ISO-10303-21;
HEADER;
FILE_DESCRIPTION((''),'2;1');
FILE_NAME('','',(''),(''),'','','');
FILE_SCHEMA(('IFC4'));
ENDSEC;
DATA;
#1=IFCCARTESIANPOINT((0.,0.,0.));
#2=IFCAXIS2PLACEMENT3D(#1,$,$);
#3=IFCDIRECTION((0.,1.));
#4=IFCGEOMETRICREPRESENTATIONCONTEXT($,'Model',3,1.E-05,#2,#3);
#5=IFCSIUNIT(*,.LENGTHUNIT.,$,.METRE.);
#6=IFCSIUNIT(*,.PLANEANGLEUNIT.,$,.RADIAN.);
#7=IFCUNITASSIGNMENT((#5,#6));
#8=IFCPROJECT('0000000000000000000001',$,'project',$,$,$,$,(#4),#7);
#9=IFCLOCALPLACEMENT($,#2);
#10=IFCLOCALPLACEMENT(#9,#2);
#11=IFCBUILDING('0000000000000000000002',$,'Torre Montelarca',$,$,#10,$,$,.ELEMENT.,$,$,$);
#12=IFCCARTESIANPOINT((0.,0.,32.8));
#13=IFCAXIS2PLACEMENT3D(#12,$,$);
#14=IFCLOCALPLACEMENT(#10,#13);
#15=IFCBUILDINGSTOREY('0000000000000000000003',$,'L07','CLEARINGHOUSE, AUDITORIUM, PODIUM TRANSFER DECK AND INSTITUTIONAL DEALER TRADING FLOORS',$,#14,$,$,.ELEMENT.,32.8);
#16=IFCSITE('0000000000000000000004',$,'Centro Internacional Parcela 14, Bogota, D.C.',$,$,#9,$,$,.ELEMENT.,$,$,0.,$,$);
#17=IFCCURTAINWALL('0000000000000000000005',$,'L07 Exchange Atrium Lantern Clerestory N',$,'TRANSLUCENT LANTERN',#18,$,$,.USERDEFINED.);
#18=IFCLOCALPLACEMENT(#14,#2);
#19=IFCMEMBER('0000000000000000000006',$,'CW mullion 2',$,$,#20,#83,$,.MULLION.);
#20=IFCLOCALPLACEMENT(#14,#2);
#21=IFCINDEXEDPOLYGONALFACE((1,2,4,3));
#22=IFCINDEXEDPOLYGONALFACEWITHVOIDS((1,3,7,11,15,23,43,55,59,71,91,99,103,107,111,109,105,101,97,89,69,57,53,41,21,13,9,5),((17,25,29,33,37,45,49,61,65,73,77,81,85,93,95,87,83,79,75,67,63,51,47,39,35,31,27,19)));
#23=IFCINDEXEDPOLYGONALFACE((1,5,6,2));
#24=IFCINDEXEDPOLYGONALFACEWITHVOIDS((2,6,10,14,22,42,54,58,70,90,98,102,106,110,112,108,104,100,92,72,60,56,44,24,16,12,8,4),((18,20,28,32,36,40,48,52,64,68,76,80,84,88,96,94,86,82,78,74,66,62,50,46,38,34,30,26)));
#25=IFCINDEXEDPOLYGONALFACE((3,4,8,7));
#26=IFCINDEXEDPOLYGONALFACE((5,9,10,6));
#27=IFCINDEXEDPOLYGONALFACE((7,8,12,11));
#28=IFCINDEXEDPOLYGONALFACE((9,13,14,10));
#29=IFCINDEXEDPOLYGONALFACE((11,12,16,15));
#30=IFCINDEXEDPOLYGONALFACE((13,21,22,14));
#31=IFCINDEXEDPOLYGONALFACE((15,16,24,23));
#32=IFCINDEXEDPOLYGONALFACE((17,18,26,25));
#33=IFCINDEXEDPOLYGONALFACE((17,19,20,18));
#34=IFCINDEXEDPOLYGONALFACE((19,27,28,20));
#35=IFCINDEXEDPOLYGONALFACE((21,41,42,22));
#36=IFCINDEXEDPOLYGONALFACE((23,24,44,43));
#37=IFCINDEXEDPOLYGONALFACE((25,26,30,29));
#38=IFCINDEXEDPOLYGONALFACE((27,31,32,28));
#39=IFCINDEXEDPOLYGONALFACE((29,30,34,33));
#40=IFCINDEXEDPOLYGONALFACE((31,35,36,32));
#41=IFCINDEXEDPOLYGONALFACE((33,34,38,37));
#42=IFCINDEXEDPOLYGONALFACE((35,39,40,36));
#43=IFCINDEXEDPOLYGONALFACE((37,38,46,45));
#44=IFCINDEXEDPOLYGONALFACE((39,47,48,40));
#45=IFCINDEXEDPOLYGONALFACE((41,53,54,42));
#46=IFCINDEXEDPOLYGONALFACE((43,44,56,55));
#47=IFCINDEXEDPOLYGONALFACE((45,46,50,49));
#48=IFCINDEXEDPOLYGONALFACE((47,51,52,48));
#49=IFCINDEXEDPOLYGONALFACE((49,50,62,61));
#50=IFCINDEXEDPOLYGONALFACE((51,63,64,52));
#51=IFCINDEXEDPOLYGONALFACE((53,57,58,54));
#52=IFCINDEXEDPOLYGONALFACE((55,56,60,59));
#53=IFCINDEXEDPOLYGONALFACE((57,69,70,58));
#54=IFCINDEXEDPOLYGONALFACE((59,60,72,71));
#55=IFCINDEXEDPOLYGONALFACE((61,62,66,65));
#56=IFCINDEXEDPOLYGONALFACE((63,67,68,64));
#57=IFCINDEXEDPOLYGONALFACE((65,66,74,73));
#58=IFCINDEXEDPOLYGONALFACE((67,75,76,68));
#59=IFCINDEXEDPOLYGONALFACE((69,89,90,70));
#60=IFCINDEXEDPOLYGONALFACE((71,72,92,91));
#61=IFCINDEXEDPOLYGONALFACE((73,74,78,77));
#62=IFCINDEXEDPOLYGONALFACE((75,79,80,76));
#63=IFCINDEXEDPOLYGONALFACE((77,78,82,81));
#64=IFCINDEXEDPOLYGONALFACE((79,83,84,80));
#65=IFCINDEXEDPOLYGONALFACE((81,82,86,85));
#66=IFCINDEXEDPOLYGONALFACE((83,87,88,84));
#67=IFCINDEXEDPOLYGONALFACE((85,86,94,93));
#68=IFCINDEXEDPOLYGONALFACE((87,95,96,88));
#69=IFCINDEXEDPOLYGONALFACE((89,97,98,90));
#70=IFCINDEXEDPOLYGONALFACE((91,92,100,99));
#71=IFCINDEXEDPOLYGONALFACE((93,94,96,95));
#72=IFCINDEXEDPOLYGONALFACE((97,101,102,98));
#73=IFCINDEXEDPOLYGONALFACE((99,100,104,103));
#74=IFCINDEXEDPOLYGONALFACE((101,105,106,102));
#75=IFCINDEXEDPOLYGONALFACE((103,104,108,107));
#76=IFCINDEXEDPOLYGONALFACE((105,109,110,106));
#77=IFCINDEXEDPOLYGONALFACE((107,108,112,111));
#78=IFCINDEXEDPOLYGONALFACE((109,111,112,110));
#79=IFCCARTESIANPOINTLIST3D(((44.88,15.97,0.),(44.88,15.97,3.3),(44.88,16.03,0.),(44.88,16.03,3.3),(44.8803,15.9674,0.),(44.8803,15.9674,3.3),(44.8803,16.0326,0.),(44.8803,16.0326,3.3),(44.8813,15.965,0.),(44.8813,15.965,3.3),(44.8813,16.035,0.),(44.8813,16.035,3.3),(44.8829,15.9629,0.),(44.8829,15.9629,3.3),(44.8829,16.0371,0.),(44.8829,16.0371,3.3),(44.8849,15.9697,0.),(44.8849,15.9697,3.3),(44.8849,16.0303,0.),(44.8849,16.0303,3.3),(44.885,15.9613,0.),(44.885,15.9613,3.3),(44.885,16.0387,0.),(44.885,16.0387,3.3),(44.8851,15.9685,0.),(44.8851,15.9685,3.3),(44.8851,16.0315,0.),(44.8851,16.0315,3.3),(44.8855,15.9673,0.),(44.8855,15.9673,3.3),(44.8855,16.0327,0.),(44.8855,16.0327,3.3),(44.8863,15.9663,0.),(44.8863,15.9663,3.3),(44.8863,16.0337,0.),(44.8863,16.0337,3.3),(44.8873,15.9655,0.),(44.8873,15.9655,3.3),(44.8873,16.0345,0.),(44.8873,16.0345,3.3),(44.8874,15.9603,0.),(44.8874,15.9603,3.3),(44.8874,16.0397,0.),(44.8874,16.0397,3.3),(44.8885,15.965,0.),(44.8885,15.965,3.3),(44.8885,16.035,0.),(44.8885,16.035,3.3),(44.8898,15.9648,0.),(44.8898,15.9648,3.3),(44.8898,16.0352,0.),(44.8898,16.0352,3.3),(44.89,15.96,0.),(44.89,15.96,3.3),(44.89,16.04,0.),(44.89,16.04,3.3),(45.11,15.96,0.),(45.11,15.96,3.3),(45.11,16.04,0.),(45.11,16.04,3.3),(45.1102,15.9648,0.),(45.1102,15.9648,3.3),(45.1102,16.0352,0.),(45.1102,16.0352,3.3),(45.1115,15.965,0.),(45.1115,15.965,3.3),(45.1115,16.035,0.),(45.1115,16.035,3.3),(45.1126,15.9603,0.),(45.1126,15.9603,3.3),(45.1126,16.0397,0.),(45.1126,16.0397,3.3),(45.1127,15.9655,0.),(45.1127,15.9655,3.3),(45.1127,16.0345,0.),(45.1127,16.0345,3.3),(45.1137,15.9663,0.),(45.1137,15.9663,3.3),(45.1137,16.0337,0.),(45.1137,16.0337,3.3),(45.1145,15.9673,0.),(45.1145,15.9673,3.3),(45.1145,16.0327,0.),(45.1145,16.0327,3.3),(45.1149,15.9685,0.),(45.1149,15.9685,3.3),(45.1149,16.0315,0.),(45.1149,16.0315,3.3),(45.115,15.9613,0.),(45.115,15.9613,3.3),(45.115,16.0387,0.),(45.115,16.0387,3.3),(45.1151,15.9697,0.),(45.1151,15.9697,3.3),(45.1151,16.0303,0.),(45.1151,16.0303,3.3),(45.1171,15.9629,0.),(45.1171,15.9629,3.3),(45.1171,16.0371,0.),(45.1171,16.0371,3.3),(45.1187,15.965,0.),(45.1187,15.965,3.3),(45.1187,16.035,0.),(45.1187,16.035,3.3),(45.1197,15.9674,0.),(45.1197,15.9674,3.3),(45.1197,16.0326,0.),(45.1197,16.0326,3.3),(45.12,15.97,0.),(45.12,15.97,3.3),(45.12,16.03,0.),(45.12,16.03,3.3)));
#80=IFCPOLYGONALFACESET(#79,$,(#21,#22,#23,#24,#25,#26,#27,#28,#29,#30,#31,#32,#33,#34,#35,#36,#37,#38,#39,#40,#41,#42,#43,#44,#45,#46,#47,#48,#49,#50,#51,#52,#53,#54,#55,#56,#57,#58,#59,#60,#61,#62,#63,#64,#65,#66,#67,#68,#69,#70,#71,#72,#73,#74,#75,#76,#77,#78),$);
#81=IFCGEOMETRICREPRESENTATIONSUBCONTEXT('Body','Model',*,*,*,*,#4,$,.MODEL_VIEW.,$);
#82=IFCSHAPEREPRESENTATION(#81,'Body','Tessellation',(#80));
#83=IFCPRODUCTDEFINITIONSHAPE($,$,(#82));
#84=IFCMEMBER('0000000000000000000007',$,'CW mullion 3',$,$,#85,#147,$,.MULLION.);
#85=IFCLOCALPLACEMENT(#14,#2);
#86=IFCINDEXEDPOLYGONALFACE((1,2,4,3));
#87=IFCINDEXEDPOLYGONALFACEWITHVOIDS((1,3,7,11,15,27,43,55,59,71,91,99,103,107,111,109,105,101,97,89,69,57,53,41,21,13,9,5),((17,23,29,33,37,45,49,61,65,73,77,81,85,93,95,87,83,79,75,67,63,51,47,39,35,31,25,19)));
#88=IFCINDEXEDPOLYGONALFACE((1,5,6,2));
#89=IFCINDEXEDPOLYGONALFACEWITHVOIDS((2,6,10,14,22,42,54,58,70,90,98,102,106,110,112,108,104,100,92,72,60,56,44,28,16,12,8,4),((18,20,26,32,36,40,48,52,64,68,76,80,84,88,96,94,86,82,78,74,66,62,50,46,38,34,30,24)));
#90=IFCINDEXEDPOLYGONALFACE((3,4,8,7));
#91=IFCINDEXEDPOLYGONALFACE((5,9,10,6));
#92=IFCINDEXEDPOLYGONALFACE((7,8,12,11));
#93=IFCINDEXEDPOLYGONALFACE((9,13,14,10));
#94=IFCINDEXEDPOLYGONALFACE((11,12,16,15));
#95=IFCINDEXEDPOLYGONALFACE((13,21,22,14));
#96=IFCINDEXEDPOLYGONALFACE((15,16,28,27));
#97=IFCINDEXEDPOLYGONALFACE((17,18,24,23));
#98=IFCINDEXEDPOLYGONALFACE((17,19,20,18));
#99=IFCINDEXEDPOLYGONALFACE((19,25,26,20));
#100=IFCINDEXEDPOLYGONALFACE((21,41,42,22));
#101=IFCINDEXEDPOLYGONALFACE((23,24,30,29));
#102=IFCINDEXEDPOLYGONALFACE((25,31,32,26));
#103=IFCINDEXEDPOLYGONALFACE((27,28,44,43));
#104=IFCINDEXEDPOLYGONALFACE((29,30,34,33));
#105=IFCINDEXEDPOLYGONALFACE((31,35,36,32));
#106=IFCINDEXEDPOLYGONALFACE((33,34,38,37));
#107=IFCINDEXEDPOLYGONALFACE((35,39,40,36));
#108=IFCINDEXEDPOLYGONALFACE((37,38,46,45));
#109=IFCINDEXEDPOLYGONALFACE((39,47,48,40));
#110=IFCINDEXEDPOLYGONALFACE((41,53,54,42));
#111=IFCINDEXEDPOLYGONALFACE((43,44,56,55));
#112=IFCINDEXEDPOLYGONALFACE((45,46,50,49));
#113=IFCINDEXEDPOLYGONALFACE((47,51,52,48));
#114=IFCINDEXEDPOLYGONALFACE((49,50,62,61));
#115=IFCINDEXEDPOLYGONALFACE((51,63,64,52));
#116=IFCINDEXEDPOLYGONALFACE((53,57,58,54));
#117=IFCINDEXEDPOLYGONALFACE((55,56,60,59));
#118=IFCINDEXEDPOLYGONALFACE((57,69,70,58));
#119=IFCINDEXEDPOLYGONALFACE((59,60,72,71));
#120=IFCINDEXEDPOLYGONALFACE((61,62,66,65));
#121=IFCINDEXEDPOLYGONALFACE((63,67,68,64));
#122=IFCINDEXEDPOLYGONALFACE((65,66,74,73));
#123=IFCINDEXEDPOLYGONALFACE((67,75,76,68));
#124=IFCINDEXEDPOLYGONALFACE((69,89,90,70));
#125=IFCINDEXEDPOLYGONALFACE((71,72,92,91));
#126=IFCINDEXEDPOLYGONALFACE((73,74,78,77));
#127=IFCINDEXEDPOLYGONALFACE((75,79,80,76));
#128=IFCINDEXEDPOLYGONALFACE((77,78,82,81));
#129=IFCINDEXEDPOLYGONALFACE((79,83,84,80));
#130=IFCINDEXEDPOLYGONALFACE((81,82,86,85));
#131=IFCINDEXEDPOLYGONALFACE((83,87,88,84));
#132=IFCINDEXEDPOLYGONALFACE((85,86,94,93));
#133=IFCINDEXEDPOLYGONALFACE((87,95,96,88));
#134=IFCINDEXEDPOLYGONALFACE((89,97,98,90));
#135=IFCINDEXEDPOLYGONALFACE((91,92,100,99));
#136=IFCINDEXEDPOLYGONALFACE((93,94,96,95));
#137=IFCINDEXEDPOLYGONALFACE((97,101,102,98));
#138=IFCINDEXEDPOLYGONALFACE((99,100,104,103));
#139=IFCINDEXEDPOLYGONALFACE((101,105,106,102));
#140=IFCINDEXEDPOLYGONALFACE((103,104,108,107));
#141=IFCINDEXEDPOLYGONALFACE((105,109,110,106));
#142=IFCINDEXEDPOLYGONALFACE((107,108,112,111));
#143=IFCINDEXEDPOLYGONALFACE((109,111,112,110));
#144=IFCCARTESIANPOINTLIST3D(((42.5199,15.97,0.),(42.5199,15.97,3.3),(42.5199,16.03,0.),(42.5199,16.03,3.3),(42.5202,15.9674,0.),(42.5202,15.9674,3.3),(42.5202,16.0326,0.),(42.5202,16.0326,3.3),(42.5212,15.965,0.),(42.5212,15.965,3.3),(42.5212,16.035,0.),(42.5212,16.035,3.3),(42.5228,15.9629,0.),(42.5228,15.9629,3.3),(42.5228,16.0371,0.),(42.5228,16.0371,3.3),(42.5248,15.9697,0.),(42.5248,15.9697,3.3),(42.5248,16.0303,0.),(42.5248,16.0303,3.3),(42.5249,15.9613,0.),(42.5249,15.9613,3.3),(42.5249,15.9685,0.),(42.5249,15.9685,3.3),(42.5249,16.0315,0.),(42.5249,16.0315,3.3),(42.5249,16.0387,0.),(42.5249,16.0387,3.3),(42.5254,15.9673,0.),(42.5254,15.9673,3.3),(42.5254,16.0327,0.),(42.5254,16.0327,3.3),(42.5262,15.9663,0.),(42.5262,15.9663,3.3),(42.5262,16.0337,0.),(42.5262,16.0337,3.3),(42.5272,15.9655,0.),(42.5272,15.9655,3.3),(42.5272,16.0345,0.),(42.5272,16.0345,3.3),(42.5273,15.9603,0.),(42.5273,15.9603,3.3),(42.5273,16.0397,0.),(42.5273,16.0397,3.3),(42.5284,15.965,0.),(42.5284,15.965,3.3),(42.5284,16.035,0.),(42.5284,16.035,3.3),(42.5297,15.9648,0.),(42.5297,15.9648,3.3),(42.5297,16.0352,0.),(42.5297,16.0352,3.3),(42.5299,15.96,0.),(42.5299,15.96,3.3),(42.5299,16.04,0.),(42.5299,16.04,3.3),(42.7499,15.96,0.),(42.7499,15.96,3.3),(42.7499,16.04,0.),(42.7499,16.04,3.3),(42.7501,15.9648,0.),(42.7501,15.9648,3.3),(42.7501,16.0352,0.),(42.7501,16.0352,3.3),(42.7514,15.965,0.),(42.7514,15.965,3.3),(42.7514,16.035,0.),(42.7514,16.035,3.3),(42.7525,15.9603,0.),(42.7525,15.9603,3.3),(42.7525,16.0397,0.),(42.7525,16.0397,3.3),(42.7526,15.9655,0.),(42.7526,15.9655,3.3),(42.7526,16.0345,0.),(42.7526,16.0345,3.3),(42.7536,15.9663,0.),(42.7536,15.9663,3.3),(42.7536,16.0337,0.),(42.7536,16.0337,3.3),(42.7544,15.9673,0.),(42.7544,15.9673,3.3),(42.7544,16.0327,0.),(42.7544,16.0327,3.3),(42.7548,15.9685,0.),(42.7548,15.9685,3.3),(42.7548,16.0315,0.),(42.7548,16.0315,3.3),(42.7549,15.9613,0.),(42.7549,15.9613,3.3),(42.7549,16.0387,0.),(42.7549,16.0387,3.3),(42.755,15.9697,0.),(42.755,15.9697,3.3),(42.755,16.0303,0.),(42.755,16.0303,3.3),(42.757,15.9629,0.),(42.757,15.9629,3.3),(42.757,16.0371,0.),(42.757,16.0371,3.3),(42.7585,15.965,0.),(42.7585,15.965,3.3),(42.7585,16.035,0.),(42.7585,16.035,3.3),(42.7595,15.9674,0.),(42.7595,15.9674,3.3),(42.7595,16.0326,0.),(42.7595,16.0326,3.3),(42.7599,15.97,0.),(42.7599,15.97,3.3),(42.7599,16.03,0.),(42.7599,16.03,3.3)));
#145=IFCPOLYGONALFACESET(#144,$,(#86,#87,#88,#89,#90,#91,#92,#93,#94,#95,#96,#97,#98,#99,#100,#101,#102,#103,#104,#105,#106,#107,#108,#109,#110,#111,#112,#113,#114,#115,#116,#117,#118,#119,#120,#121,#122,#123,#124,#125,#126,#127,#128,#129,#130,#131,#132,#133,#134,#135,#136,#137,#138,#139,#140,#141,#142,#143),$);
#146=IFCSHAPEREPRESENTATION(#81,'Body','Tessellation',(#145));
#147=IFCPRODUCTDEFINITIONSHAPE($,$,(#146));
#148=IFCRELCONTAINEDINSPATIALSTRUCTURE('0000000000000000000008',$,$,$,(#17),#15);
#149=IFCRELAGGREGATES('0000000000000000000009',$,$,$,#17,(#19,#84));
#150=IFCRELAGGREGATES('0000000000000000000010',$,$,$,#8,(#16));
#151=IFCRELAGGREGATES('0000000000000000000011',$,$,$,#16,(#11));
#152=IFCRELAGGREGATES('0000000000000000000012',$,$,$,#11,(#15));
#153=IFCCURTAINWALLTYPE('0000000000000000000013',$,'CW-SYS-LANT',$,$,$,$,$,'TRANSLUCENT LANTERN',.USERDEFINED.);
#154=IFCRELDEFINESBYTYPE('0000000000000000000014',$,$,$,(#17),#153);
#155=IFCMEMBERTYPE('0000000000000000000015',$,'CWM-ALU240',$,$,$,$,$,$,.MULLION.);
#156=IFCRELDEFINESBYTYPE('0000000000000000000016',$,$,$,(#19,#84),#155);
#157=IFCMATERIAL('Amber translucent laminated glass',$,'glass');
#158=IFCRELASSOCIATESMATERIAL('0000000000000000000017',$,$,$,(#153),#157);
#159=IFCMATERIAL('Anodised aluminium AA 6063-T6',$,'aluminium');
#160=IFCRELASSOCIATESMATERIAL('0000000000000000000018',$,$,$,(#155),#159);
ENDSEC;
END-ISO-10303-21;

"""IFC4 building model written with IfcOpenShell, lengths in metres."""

from ifc_helpers import new_model, si_unit, direction, frame, origin, origin_2d, place, context, subcontext, project, spatial, hollow_rectangle, extrude, source, transform, mapped, material, material_profile, profile_set, type_object, element, aggregate, save


model = new_model("IFC4")

# Units and contexts
model_context = context("Model", 3, precision=1e-05, world=origin(), true_north=direction((0.0, 1.0)))
body_context = subcontext(model_context, "Body", "Model", "MODEL_VIEW")
ifc_project = project(units=[si_unit("LENGTHUNIT", "METRE"), si_unit("PLANEANGLEUNIT", "RADIAN")], contexts=[model_context])

# Site, building, storey
site_placement = place(None, origin())
site = spatial("IfcSite", under=ifc_project, at=site_placement, Name="Centro Internacional Parcela 14, Bogota, D.C.", CompositionType="ELEMENT", RefElevation=0.0)
building_placement = place(site_placement, origin())
building = spatial("IfcBuilding", under=site, at=building_placement, Name="Torre Montelarca", CompositionType="ELEMENT")
storey_placement = place(building_placement, frame((0.0, 0.0, 32.8)))
storey = spatial("IfcBuildingStorey", under=building, at=storey_placement, Name="L07", Description="CLEARINGHOUSE, AUDITORIUM, PODIUM TRANSFER DECK AND INSTITUTIONAL DEALER TRADING FLOORS", CompositionType="ELEMENT", Elevation=32.8)

# Curtain wall, members
ifc_material_1 = material(Name="Amber translucent laminated glass", Category="glass")
curtain_wall_type = type_object("IfcCurtainWallType", Name="CW-SYS-LANT", ElementType="TRANSLUCENT LANTERN", PredefinedType="USERDEFINED", material=ifc_material_1)
ifc_material_2 = material(Name="Anodised aluminium AA 6063-T6", Category="aluminium")
ifc_material_profile_1 = material_profile(ifc_material_2, hollow_rectangle(XDim=0.0801, YDim=0.24, WallThickness=0.0049, InnerFilletRadius=0.0049, OuterFilletRadius=0.01, at=origin_2d()), Name="ALU80X240X5", Category="aluminium")
ifc_profile_set_1 = profile_set([ifc_material_profile_1], Name="Anodised aluminium AA 6063-T6")
member_type_1 = type_object("IfcMemberType", Name="CWM-ALU240", PredefinedType="MULLION", material=ifc_profile_set_1)
shared_shape_1 = source(origin(), body_context, "Body", "SweptSolid", [
    extrude(hollow_rectangle(XDim=0.0801, YDim=0.24, WallThickness=0.0049, InnerFilletRadius=0.0049, OuterFilletRadius=0.01, at=origin_2d()), origin(), (0.0, 0.0, 1.0), 3.3),
])
curtain_wall_1_placement = place(storey_placement, origin())
curtain_wall_1 = element("IfcCurtainWall", 1, at=curtain_wall_1_placement, inside=storey, type_object=curtain_wall_type, Name="L07 Exchange Atrium Lantern Clerestory N", ObjectType="TRANSLUCENT LANTERN", PredefinedType="USERDEFINED")
member_1_placement = place(storey_placement, frame((45.0, 16.0, 0.0), z_axis=(0.0, 0.0, 1.0), x_axis=(0.0, -1.0, 0.0)))
member_1 = element("IfcMember", 2, at=member_1_placement, type_object=member_type_1, Name="CW mullion 2", PredefinedType="MULLION", context=body_context, shape_type="MappedRepresentation", body=[
    mapped(shared_shape_1, transform((0.0, 0.0, 0.0), scale=1.0)),
])
member_2_placement = place(storey_placement, frame((42.6399, 16.0, 0.0), z_axis=(0.0, 0.0, 1.0), x_axis=(0.0, -1.0, 0.0)))
member_2 = element("IfcMember", 3, at=member_2_placement, type_object=member_type_1, Name="CW mullion 3", PredefinedType="MULLION", context=body_context, shape_type="MappedRepresentation", body=[
    mapped(shared_shape_1, transform((0.0, 0.0, 0.0), scale=1.0)),
])

aggregate(curtain_wall_1, [member_1, member_2])

save(model, "model.ifc")
